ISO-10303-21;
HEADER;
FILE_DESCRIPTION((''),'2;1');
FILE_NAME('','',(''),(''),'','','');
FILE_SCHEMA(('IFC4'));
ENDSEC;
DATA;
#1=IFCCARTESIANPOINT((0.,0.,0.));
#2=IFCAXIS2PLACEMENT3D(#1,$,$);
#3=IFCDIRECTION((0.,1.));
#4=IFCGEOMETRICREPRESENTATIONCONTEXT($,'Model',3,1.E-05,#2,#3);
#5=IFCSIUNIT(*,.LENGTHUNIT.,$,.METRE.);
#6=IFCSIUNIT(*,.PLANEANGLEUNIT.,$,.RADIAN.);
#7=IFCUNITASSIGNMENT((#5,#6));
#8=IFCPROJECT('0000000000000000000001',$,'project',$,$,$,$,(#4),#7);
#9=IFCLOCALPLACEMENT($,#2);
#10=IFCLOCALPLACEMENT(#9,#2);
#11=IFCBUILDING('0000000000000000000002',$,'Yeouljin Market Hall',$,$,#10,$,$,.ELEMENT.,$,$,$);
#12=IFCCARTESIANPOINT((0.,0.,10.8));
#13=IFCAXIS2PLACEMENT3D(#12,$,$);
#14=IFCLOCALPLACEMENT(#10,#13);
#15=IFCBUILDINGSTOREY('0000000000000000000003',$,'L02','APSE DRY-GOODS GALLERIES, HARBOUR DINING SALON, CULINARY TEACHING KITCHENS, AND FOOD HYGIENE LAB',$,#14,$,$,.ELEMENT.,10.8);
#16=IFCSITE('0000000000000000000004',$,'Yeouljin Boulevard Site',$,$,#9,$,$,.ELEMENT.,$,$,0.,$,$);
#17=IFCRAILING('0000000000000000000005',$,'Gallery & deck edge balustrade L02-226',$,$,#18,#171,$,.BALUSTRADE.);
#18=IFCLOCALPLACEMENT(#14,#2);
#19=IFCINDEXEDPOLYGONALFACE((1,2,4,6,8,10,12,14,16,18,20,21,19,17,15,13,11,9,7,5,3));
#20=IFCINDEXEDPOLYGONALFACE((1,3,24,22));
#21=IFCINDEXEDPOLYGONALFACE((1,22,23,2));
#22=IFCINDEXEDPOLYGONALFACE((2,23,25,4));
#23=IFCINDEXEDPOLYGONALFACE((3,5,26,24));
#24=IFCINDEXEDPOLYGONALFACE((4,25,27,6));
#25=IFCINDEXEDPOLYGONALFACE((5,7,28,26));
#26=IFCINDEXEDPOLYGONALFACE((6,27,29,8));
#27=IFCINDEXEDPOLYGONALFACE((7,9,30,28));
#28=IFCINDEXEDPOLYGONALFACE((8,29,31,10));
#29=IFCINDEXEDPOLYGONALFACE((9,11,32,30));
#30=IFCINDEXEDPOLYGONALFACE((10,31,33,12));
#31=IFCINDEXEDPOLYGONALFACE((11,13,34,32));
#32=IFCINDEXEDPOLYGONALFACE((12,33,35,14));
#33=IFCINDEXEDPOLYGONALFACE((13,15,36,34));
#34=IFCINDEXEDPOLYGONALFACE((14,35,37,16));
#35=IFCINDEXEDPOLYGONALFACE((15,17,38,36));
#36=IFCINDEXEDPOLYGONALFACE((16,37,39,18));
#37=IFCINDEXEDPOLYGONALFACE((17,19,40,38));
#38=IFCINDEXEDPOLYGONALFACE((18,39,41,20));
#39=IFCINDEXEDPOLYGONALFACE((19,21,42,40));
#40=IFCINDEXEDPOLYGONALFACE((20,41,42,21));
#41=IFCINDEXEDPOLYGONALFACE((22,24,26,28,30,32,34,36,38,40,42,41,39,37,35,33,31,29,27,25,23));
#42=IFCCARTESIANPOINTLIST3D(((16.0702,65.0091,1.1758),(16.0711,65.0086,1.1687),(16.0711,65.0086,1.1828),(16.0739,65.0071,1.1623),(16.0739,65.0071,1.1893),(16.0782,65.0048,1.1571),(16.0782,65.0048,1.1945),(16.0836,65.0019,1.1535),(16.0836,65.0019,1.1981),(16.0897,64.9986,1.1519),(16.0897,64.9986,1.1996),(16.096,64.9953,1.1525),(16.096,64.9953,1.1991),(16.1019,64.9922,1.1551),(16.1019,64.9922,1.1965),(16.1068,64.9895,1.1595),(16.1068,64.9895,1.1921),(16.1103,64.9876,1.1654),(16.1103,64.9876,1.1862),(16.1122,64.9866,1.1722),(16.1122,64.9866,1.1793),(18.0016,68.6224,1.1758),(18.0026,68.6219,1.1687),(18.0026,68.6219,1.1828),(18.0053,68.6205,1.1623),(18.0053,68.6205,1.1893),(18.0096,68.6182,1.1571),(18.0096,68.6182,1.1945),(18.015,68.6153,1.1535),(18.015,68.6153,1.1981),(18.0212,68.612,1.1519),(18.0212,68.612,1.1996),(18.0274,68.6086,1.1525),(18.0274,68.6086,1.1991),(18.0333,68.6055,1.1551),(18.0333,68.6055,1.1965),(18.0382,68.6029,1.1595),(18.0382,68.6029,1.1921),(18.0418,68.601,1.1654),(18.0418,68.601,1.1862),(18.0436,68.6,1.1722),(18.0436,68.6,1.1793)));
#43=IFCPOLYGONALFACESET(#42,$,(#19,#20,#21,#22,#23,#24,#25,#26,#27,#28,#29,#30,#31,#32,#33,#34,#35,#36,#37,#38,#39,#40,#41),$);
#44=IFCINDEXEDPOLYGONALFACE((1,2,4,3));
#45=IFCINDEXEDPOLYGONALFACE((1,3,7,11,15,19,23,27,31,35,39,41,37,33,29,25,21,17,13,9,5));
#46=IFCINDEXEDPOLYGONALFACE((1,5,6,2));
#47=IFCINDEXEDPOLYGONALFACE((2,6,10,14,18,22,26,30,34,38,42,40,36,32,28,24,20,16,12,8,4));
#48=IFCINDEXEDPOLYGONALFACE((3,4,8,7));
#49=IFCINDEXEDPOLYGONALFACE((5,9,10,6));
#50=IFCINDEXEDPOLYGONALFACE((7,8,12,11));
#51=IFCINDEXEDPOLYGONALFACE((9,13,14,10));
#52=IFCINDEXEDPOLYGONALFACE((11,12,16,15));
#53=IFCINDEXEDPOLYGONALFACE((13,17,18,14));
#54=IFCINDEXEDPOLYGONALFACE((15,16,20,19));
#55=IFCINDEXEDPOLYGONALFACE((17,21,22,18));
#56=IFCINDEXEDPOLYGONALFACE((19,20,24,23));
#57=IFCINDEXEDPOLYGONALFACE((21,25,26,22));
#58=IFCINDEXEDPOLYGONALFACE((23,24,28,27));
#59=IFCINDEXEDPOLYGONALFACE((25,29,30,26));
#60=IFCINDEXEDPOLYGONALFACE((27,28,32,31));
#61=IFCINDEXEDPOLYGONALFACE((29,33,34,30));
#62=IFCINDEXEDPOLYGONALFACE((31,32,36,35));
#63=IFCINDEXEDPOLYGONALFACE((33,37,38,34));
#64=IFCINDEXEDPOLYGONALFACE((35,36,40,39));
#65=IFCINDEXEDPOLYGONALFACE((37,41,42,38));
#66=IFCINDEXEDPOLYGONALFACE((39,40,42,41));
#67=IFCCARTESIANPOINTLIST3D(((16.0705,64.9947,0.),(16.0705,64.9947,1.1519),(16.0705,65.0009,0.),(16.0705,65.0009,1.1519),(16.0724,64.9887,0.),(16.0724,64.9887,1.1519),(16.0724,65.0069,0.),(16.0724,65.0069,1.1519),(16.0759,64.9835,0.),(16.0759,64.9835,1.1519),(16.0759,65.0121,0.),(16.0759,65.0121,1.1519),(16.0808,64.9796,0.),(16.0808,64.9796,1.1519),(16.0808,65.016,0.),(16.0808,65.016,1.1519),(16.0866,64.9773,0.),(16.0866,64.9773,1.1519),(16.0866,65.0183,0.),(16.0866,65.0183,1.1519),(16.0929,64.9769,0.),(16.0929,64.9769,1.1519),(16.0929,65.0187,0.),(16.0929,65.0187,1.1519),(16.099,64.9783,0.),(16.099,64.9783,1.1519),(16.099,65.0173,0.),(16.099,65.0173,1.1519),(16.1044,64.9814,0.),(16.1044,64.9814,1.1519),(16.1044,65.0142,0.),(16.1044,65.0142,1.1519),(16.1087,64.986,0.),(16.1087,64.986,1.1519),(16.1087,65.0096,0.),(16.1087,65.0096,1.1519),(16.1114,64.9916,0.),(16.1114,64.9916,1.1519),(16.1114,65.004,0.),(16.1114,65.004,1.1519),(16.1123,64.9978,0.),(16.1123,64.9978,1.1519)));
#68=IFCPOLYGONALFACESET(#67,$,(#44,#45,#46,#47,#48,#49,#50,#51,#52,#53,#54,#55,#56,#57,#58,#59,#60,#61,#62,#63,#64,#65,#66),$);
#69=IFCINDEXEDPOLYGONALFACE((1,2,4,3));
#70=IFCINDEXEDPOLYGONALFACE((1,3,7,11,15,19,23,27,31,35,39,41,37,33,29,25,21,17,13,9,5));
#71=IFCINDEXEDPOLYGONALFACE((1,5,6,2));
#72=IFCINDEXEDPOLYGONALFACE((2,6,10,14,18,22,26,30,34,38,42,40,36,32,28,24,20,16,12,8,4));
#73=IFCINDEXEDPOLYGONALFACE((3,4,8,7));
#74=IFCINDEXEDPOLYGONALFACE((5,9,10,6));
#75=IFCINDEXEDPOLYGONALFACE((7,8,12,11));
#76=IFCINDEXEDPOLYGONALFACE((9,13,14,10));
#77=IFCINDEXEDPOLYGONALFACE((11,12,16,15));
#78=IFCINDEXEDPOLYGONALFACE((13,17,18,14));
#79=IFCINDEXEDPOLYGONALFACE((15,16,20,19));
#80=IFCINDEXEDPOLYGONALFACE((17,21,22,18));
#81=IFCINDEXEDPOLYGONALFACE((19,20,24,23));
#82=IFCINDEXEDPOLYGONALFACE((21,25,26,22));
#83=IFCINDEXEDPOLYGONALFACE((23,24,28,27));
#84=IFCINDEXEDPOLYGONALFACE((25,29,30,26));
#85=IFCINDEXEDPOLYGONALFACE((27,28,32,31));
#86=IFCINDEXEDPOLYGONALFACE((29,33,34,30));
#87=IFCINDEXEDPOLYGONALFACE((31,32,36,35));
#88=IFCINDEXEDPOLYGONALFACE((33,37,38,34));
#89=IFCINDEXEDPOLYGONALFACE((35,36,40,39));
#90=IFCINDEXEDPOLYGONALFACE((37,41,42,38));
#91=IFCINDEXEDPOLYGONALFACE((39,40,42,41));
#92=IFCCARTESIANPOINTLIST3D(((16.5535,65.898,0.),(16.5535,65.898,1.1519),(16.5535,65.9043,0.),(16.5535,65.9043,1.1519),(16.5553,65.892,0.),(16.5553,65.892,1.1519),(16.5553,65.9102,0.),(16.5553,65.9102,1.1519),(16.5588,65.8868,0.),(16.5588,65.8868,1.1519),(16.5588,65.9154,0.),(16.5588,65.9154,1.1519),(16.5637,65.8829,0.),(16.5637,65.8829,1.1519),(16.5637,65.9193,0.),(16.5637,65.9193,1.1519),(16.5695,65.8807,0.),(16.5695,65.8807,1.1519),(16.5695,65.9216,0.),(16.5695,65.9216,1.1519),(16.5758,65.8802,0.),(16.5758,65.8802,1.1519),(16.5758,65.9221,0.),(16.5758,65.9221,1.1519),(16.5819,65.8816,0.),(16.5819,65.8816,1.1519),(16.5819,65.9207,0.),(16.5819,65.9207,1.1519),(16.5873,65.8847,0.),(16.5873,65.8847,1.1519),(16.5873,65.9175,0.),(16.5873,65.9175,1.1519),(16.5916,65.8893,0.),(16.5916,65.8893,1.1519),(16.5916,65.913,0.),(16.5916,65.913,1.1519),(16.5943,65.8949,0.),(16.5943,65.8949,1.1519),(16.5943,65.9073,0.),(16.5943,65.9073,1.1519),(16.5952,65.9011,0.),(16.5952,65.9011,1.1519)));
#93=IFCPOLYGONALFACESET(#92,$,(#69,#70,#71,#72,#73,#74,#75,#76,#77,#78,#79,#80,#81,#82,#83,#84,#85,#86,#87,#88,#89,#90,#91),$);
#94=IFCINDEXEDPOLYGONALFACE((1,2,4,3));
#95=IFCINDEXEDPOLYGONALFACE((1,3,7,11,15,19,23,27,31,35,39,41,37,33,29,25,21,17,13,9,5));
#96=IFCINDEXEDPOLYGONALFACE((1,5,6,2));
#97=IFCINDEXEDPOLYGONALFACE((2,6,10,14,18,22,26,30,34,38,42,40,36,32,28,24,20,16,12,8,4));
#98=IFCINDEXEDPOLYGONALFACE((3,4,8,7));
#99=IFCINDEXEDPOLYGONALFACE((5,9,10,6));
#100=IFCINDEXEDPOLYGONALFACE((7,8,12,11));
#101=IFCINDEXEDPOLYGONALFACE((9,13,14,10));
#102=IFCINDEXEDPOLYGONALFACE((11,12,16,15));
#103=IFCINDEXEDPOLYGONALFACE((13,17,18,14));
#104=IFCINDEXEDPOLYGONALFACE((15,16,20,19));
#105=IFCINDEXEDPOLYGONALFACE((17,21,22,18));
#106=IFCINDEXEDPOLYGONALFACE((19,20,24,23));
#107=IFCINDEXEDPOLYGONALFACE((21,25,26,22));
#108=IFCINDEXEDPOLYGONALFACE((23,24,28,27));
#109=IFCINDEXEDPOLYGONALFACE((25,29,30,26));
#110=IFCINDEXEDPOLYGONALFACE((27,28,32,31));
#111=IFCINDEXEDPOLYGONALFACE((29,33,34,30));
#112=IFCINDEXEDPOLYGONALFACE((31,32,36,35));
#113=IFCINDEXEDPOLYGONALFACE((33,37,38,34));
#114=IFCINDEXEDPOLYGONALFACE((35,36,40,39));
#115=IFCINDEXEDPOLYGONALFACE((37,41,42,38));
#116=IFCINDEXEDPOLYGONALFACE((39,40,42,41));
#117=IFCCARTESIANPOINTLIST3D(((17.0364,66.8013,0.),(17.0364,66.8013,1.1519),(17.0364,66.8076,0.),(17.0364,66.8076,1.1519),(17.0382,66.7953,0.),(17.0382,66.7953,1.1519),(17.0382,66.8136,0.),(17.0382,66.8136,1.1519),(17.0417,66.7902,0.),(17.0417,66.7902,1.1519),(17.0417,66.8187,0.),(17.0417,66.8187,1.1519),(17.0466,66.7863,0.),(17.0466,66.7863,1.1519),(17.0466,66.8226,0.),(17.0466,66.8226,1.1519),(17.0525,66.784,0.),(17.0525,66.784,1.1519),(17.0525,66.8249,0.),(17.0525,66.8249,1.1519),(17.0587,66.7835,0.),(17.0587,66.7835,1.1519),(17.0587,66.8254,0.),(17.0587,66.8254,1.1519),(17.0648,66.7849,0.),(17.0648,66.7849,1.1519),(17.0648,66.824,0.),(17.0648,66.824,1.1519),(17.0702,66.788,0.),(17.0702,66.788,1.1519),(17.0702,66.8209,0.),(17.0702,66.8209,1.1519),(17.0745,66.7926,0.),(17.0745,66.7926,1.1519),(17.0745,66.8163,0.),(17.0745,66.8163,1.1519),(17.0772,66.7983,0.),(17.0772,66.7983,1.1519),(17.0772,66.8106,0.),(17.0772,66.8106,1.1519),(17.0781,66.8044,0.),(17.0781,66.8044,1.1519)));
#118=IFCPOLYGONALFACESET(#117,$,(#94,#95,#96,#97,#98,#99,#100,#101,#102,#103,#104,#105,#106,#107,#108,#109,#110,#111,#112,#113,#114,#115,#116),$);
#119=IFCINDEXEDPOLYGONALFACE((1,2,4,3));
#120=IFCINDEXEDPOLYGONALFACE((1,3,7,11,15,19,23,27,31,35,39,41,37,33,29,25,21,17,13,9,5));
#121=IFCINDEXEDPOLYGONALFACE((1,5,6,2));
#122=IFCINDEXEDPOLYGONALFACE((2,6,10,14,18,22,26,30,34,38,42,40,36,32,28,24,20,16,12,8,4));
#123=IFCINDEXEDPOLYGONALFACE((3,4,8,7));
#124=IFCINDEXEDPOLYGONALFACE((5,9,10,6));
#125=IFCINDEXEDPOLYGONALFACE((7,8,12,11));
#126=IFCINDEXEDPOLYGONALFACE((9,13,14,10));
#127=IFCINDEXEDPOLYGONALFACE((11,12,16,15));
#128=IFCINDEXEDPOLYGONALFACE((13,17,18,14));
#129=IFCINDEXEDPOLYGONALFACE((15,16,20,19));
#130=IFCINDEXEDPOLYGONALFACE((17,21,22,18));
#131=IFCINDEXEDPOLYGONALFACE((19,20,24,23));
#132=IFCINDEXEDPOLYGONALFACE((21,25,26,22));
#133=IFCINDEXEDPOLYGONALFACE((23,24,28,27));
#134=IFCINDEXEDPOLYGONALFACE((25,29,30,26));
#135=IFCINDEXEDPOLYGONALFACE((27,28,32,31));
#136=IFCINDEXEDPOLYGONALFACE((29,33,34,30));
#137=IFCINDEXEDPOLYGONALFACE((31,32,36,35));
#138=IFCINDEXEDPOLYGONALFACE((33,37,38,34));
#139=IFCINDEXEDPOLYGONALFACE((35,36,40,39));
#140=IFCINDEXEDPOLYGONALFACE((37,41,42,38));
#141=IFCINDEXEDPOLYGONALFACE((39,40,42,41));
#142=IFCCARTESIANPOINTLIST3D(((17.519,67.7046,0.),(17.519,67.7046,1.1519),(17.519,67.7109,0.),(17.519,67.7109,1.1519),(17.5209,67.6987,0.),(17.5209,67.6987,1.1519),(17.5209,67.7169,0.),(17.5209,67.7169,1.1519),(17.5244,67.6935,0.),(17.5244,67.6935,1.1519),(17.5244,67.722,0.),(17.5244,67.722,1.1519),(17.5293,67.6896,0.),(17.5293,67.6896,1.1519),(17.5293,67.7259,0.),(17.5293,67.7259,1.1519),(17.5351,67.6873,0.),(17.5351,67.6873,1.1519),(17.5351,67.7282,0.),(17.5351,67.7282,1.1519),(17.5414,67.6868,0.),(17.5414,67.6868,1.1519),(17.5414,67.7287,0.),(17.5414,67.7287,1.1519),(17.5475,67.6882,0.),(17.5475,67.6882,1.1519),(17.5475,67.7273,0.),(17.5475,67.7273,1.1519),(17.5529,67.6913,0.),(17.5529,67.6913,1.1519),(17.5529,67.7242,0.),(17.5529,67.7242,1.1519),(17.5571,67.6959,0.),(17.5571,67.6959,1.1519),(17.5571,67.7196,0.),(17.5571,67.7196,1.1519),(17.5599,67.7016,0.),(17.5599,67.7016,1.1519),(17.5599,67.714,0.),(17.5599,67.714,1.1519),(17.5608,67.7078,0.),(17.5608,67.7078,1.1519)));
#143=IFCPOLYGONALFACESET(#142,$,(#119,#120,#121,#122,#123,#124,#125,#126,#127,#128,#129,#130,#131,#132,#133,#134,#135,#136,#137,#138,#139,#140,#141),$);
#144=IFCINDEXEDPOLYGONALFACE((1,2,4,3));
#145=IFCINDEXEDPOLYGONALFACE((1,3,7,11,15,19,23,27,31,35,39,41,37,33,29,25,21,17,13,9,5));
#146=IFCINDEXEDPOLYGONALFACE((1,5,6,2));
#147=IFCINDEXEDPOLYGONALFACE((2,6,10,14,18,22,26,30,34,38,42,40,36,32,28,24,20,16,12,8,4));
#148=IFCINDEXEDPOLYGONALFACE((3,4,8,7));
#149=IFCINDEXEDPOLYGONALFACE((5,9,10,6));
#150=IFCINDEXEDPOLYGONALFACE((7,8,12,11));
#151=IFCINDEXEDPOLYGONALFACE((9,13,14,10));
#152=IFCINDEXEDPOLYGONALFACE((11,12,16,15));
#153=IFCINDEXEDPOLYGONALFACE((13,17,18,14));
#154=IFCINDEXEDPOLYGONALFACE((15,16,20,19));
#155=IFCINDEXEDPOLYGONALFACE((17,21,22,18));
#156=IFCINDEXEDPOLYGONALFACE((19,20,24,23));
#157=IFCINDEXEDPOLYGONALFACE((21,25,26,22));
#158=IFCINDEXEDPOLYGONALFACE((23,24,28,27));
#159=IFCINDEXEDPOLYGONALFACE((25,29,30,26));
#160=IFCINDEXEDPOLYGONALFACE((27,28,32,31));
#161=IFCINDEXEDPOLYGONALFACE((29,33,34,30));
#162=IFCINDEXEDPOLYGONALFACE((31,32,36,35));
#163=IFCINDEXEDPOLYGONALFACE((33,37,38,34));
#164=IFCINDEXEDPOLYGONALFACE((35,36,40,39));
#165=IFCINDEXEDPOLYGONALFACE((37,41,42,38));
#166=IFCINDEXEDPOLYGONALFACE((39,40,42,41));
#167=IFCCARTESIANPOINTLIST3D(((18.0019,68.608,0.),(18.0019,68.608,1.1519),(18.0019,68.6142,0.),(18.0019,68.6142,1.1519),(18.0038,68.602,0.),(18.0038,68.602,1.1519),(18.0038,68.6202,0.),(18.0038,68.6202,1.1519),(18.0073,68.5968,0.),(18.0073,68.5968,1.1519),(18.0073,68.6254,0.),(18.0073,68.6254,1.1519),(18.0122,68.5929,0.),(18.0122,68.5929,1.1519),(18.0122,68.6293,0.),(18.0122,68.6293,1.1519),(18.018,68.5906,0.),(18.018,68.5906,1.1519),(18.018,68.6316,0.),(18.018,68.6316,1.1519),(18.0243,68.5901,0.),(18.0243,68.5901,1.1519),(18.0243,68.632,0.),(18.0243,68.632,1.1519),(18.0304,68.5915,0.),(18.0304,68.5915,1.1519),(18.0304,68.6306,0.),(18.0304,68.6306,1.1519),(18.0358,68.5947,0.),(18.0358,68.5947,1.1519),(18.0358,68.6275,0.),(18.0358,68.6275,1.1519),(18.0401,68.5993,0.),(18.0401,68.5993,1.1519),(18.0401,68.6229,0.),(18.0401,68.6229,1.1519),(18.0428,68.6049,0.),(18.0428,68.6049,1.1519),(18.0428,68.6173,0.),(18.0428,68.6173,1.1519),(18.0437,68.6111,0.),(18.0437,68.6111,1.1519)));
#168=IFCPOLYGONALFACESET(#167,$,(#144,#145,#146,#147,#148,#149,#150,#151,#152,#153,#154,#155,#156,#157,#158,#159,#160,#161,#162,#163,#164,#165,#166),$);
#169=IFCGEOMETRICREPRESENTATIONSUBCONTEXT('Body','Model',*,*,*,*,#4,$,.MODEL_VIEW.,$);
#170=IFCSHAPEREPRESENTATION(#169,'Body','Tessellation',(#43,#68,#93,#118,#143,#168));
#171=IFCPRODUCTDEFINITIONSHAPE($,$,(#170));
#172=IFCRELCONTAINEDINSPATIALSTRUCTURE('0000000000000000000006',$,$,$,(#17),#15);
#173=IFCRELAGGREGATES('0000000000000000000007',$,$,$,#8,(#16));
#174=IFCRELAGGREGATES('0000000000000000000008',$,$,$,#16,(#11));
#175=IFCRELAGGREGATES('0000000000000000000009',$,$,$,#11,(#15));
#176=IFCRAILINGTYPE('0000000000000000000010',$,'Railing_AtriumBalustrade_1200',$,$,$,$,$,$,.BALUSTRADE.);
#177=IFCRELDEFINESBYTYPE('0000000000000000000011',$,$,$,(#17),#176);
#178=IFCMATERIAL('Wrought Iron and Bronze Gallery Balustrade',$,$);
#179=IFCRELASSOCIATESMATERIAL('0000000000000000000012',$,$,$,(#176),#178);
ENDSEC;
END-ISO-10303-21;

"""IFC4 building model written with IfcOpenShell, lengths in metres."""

from ifc_helpers import new_model, si_unit, direction, frame, origin, origin_2d, place, context, subcontext, project, spatial, circle, extrude, material, type_object, element, save


model = new_model("IFC4")

# Units and contexts
model_context = context("Model", 3, precision=1e-05, world=origin(), true_north=direction((0.0, 1.0)))
body_context = subcontext(model_context, "Body", "Model", "MODEL_VIEW")
ifc_project = project(units=[si_unit("LENGTHUNIT", "METRE"), si_unit("PLANEANGLEUNIT", "RADIAN")], contexts=[model_context])

# Site, building, storey
site_placement = place(None, origin())
site = spatial("IfcSite", under=ifc_project, at=site_placement, Name="Yeouljin Boulevard Site", CompositionType="ELEMENT", RefElevation=0.0)
building_placement = place(site_placement, origin())
building = spatial("IfcBuilding", under=site, at=building_placement, Name="Yeouljin Market Hall", CompositionType="ELEMENT")
storey_placement = place(building_placement, frame((0.0, 0.0, 10.8)))
storey = spatial("IfcBuildingStorey", under=building, at=storey_placement, Name="L02", Description="APSE DRY-GOODS GALLERIES, HARBOUR DINING SALON, CULINARY TEACHING KITCHENS, AND FOOD HYGIENE LAB", CompositionType="ELEMENT", Elevation=10.8)

# Railing
ifc_material_1 = material(Name="Wrought Iron and Bronze Gallery Balustrade")
railing_type = type_object("IfcRailingType", Name="Railing_AtriumBalustrade_1200", PredefinedType="BALUSTRADE", material=ifc_material_1)
railing_1_placement = place(storey_placement, frame((16.0913, 64.9978, 0.0)))
element("IfcRailing", 1, at=railing_1_placement, inside=storey, type_object=railing_type, Name="Gallery & deck edge balustrade L02-226", PredefinedType="BALUSTRADE", context=body_context, shape_type="SweptSolid", body=[
    extrude(circle(Radius=0.0239, at=origin_2d()), frame((0.0, 0.0, 1.1758), z_axis=(0.471408, 0.881915, 0.0), x_axis=(-0.881915, 0.471408, 0.0)), (0.0, 0.0, 1.0), 4.0972),
    extrude(circle(Radius=0.021, at=origin_2d()), origin(), (0.0, 0.0, 1.0), 1.1519),
    extrude(circle(Radius=0.021, at=origin_2d()), frame((0.4829, 0.9033, 0.0)), (0.0, 0.0, 1.0), 1.1519),
    extrude(circle(Radius=0.021, at=origin_2d()), frame((0.9658, 1.8066, 0.0)), (0.0, 0.0, 1.0), 1.1519),
    extrude(circle(Radius=0.021, at=origin_2d()), frame((1.4485, 2.71, 0.0)), (0.0, 0.0, 1.0), 1.1519),
    extrude(circle(Radius=0.021, at=origin_2d()), frame((1.9314, 3.6133, 0.0)), (0.0, 0.0, 1.0), 1.1519),
])

save(model, "model.ifc")
